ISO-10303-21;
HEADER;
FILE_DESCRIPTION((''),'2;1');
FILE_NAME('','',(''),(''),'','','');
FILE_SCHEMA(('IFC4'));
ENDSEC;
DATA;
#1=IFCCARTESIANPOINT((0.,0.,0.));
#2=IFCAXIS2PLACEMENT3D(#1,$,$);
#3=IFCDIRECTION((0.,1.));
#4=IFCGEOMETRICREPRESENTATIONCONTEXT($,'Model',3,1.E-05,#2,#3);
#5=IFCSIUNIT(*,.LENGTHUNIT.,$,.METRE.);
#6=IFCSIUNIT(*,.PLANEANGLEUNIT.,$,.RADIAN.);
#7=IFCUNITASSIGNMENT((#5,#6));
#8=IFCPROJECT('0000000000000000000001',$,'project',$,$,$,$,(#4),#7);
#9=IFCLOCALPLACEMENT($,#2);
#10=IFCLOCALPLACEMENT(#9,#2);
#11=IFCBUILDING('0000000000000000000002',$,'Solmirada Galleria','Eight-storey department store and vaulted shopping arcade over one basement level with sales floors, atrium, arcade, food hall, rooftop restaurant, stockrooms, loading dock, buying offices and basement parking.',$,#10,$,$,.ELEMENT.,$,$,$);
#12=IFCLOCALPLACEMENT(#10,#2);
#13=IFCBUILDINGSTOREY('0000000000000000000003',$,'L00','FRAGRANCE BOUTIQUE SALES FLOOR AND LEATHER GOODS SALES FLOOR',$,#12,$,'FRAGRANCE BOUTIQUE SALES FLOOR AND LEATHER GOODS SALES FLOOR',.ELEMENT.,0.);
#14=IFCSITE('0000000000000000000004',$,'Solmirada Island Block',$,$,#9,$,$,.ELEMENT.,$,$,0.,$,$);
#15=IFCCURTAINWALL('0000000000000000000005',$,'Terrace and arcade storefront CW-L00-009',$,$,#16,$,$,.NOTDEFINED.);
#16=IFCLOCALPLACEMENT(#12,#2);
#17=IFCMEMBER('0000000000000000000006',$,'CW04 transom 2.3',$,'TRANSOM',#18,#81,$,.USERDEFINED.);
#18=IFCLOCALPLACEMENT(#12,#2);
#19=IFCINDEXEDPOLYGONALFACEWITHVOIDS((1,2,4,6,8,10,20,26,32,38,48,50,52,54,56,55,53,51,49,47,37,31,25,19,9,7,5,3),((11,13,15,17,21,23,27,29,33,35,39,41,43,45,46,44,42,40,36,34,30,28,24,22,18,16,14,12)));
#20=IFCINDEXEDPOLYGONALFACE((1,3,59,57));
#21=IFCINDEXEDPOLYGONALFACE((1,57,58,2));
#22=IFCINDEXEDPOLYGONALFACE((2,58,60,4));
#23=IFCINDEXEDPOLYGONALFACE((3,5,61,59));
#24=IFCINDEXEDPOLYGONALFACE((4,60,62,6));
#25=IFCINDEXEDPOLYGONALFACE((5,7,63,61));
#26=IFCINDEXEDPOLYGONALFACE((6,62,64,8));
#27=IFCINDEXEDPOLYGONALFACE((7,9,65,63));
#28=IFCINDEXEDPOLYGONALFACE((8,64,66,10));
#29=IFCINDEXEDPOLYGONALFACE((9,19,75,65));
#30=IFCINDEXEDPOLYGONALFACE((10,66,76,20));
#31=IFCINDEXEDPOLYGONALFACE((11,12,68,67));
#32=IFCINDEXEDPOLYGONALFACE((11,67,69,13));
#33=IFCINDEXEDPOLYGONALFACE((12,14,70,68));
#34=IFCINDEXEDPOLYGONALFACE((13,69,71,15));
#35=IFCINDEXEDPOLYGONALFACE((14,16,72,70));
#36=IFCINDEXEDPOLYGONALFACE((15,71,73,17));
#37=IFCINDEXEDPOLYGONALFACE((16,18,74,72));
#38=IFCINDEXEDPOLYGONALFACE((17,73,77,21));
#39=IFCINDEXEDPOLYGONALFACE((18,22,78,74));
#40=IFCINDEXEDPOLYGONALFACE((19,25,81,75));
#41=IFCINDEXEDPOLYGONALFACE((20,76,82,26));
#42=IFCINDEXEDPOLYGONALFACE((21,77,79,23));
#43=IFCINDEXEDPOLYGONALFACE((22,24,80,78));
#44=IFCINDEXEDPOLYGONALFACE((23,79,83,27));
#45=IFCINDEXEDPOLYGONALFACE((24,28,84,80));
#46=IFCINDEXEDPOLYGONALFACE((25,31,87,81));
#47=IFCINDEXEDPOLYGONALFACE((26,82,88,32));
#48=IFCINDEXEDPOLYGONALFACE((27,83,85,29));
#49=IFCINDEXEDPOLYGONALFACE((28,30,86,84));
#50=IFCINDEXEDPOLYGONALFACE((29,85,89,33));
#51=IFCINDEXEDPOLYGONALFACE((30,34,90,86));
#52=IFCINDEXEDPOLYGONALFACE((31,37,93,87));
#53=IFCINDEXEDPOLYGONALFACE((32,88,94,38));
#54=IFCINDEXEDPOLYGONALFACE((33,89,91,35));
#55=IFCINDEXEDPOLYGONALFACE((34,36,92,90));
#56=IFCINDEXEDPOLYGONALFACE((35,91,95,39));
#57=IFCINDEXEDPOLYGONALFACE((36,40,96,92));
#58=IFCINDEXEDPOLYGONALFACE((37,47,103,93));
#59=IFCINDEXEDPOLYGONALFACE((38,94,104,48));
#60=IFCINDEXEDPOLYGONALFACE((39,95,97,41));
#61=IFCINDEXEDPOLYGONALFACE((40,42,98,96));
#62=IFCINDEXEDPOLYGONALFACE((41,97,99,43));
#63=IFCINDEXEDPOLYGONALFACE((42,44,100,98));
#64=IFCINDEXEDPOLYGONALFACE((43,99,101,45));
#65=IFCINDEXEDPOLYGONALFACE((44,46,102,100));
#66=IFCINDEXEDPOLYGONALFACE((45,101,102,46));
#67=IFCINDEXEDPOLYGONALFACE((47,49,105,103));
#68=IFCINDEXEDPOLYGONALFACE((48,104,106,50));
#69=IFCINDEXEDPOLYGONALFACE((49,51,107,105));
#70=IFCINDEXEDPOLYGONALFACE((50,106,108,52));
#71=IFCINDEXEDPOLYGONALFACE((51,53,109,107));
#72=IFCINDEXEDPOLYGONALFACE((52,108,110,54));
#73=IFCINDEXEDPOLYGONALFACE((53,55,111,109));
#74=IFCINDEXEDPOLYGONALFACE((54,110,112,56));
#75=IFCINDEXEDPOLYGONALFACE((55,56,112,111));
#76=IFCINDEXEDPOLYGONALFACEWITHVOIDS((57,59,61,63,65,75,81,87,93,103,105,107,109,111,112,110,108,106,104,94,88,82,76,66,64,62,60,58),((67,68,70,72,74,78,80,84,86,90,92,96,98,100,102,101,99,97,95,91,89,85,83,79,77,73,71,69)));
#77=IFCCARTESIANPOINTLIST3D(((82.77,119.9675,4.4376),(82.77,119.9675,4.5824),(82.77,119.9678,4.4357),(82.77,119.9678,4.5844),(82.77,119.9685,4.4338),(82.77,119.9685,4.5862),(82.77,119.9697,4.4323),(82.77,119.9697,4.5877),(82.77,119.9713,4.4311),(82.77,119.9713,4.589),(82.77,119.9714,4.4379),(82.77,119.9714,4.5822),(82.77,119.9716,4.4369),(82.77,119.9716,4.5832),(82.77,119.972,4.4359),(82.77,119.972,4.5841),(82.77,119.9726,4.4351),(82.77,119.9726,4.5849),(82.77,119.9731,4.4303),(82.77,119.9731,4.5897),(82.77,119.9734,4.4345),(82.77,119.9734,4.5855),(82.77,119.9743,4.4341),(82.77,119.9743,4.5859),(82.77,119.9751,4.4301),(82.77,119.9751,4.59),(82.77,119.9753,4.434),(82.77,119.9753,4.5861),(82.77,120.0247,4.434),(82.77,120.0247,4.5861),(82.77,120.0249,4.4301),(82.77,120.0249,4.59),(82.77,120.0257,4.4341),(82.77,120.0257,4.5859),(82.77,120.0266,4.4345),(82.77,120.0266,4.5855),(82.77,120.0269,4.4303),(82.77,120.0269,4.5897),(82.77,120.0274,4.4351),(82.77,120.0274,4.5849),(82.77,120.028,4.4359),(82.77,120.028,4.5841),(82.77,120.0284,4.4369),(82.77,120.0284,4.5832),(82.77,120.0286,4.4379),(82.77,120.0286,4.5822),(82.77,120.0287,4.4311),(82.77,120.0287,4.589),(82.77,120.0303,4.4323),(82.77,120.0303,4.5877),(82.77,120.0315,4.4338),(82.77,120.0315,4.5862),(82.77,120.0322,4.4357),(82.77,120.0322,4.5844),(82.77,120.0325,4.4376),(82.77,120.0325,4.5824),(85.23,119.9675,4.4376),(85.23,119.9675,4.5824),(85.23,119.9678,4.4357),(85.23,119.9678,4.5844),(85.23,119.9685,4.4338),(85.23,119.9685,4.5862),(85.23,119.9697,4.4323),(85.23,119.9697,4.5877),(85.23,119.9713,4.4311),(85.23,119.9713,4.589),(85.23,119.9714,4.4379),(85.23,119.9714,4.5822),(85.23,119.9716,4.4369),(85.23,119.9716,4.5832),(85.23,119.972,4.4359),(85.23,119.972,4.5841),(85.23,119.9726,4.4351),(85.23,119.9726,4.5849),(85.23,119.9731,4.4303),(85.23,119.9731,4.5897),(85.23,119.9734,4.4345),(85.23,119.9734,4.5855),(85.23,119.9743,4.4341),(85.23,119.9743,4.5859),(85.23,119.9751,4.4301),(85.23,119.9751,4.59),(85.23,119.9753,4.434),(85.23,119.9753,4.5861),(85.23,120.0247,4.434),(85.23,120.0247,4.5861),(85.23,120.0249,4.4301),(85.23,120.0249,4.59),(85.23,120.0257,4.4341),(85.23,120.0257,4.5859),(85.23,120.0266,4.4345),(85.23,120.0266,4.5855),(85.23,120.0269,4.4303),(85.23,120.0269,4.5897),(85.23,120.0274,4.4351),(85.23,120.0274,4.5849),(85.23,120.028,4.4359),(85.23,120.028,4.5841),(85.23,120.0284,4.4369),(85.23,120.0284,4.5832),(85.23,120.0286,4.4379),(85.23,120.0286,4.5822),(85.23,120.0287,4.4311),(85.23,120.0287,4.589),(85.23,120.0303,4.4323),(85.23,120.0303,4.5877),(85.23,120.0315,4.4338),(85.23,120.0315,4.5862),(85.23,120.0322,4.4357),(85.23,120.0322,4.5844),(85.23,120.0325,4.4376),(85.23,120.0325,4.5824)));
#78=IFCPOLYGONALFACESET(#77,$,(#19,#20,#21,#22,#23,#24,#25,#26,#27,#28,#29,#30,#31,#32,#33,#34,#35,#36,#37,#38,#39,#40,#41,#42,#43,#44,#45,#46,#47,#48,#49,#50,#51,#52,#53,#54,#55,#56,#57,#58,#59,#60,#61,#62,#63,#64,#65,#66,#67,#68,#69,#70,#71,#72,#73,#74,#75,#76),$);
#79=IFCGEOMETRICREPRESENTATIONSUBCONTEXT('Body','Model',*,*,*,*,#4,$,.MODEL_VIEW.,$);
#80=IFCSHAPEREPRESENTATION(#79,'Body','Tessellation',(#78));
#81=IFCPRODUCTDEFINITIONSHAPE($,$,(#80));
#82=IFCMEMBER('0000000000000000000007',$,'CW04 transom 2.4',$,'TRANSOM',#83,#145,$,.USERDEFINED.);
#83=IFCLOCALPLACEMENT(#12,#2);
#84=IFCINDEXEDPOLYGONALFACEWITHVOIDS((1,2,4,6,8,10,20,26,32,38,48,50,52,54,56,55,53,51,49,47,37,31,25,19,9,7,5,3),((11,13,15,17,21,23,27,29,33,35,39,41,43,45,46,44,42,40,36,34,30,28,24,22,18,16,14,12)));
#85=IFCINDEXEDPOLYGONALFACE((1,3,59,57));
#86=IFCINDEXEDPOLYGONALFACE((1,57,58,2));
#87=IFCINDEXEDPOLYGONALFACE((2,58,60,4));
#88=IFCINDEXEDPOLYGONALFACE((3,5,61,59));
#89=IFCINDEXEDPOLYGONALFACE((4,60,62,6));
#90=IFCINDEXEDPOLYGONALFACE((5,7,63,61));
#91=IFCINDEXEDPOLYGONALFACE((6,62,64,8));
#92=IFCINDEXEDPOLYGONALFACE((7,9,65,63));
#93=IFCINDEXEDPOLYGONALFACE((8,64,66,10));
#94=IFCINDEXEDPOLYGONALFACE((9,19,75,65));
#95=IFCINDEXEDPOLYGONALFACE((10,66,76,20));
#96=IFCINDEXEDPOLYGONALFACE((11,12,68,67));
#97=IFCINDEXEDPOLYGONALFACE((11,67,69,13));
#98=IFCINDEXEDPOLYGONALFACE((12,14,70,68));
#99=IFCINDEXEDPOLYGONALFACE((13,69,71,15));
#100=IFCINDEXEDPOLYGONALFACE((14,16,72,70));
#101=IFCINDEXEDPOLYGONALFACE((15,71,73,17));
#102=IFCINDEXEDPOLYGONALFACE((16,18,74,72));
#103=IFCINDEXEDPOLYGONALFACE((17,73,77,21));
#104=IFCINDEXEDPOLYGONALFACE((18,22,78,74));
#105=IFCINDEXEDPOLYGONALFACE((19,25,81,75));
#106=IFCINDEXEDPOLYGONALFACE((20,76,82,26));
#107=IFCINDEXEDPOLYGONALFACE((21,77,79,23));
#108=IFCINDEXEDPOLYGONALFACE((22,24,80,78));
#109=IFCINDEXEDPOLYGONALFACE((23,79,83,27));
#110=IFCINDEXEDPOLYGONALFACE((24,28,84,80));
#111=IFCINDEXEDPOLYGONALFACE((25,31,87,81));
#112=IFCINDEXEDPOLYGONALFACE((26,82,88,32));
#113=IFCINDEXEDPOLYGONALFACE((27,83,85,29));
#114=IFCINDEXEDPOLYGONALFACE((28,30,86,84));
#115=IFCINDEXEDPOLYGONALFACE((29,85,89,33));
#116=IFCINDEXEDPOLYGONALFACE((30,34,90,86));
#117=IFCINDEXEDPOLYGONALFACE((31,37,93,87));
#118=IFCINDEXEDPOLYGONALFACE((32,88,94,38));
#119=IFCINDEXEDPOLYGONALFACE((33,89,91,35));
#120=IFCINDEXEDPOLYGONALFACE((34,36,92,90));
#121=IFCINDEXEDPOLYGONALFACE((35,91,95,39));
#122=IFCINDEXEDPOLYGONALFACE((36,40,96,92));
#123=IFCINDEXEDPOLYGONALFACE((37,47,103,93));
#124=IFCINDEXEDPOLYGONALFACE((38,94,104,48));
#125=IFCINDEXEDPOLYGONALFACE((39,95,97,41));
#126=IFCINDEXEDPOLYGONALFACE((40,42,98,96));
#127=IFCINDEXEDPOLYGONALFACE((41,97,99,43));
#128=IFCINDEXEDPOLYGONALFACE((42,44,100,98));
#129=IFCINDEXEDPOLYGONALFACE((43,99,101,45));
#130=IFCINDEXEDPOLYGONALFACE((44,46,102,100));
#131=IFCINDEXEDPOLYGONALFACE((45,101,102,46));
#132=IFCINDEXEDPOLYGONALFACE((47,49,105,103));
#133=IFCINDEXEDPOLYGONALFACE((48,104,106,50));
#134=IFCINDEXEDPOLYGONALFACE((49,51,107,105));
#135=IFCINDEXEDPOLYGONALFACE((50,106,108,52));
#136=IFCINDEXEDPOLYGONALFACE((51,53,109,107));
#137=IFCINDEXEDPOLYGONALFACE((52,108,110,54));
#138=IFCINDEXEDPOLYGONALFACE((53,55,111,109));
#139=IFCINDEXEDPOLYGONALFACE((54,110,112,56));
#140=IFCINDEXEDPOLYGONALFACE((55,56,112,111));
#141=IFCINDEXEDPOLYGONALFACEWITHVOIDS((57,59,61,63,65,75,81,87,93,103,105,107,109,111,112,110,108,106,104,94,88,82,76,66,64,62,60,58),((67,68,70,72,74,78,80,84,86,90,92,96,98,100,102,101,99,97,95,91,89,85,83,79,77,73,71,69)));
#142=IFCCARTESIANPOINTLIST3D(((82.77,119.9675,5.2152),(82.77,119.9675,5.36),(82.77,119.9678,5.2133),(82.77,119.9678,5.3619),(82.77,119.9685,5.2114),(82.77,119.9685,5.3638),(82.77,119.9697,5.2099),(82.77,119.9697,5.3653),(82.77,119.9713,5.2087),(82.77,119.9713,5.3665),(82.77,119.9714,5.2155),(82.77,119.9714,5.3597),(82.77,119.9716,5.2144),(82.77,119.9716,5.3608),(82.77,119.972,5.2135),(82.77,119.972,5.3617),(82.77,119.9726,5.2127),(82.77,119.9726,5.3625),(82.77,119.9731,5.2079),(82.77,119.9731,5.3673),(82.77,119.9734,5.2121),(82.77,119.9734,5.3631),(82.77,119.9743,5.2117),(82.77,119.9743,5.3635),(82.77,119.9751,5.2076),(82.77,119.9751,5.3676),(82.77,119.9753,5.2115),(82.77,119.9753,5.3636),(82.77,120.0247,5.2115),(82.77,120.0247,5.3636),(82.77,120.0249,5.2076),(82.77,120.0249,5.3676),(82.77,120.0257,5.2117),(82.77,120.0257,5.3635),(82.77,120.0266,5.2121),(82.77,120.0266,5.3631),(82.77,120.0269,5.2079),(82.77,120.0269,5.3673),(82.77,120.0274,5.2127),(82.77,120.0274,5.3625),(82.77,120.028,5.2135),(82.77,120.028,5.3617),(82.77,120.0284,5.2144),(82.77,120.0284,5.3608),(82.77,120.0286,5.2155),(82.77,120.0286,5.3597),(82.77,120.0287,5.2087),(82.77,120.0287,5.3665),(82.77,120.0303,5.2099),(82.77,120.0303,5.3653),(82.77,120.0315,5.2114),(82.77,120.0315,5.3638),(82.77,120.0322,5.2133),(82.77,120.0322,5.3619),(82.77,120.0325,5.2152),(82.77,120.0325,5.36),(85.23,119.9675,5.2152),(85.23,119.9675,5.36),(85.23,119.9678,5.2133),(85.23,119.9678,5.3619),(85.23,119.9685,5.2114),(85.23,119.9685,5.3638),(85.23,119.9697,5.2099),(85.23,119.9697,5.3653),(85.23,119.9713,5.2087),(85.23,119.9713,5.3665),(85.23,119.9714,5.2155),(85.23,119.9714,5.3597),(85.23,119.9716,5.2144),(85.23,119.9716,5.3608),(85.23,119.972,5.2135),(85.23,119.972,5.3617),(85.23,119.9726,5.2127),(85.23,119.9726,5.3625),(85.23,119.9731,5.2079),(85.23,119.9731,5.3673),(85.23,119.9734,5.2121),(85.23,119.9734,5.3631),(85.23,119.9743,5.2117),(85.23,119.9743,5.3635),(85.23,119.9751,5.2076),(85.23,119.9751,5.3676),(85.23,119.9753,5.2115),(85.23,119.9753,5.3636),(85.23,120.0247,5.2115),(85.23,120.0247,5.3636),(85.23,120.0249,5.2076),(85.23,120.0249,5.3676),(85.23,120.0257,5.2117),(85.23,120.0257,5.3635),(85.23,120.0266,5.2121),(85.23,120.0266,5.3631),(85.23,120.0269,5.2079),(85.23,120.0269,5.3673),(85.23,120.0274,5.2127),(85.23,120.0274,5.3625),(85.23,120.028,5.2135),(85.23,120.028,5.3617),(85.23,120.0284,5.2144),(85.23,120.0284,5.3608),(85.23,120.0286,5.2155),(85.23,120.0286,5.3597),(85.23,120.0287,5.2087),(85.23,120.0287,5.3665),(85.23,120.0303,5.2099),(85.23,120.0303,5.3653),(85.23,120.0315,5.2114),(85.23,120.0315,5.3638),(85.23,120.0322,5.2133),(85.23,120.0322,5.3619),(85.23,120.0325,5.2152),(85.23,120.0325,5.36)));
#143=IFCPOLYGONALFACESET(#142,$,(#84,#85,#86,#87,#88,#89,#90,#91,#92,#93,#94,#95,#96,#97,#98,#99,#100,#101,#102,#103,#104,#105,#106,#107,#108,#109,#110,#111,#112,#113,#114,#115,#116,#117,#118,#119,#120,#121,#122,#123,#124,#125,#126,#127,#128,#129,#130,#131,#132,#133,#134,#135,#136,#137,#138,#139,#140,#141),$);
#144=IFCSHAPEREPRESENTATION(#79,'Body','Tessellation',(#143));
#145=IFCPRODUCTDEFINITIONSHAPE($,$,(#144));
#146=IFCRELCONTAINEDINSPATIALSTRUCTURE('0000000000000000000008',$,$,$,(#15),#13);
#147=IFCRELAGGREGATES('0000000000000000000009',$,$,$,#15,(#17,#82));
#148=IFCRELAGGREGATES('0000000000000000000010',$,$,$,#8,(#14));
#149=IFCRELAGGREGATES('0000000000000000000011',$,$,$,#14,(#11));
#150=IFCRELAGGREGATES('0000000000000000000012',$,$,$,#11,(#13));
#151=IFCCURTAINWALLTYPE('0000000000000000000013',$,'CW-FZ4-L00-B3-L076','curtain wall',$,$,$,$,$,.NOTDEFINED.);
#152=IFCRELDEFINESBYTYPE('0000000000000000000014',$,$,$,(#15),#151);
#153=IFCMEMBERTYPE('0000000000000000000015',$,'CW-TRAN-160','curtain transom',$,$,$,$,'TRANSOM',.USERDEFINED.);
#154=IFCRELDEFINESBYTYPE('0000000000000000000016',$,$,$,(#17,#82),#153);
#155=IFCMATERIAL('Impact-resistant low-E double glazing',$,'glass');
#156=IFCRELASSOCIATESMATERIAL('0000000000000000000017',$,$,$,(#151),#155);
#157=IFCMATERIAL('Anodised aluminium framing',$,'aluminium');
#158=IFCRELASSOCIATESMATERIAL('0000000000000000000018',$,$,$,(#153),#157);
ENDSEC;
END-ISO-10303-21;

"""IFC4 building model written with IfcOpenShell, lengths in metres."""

from ifc_helpers import new_model, si_unit, direction, frame, origin, origin_2d, place, context, subcontext, project, spatial, hollow_rectangle, extrude, material, material_profile, profile_set, type_object, element, aggregate, save


model = new_model("IFC4")

# Units and contexts
model_context = context("Model", 3, precision=1e-05, world=origin(), true_north=direction((0.0, 1.0)))
body_context = subcontext(model_context, "Body", "Model", "MODEL_VIEW")
ifc_project = project(units=[si_unit("LENGTHUNIT", "METRE"), si_unit("PLANEANGLEUNIT", "RADIAN")], contexts=[model_context])

# Site, building, storey
site_placement = place(None, origin())
site = spatial("IfcSite", under=ifc_project, at=site_placement, Name="Solmirada Island Block", CompositionType="ELEMENT", RefElevation=0.0)
building_placement = place(site_placement, origin())
building = spatial("IfcBuilding", under=site, at=building_placement, Name="Solmirada Galleria", Description="Eight-storey department store and vaulted shopping arcade over one basement level with sales floors, atrium, arcade, food hall, rooftop restaurant, stockrooms, loading dock, buying offices and basement parking.", CompositionType="ELEMENT")
storey_placement = place(building_placement, origin())
storey = spatial("IfcBuildingStorey", under=building, at=storey_placement, Name="L00", Description="FRAGRANCE BOUTIQUE SALES FLOOR AND LEATHER GOODS SALES FLOOR", LongName="FRAGRANCE BOUTIQUE SALES FLOOR AND LEATHER GOODS SALES FLOOR", CompositionType="ELEMENT", Elevation=0.0)

# Curtain wall, members
ifc_material_1 = material(Name="Impact-resistant low-E double glazing", Category="glass")
curtain_wall_type = type_object("IfcCurtainWallType", Name="CW-FZ4-L00-B3-L076", Description="curtain wall", PredefinedType="NOTDEFINED", material=ifc_material_1)
curtain_wall_placement = place(storey_placement, origin())
curtain_wall = element("IfcCurtainWall", 1, at=curtain_wall_placement, inside=storey, type_object=curtain_wall_type, Name="Terrace and arcade storefront CW-L00-009", PredefinedType="NOTDEFINED")
ifc_material_2 = material(Name="Anodised aluminium framing", Category="aluminium")
ifc_material_profile_1 = material_profile(ifc_material_2, hollow_rectangle(XDim=0.0649, YDim=0.1599, WallThickness=0.0039, InnerFilletRadius=0.0039, OuterFilletRadius=0.0076, at=origin_2d()), Name="ALU-TRAN-160X65")
ifc_profile_set_1 = profile_set([ifc_material_profile_1], Name="Anodised aluminium framing")
member_type_1 = type_object("IfcMemberType", Name="CW-TRAN-160", Description="curtain transom", ElementType="TRANSOM", PredefinedType="USERDEFINED", material=ifc_profile_set_1)
member_1_placement = place(storey_placement, frame((82.77, 120.0, 4.51), z_axis=(1.0, 0.0, 0.0), x_axis=(0.0, 1.0, 0.0)))
member_1 = element("IfcMember", 2, at=member_1_placement, type_object=member_type_1, Name="CW04 transom 2.3", ObjectType="TRANSOM", PredefinedType="USERDEFINED", context=body_context, shape_type="SweptSolid", body=[
    extrude(hollow_rectangle(XDim=0.0649, YDim=0.1599, WallThickness=0.0039, InnerFilletRadius=0.0039, OuterFilletRadius=0.0076, at=origin_2d()), origin(), (0.0, 0.0, 1.0), 2.46),
])
member_2_placement = place(storey_placement, frame((82.77, 120.0, 5.2876), z_axis=(1.0, 0.0, 0.0), x_axis=(0.0, 1.0, 0.0)))
member_2 = element("IfcMember", 3, at=member_2_placement, type_object=member_type_1, Name="CW04 transom 2.4", ObjectType="TRANSOM", PredefinedType="USERDEFINED", context=body_context, shape_type="SweptSolid", body=[
    extrude(hollow_rectangle(XDim=0.0649, YDim=0.1599, WallThickness=0.0039, InnerFilletRadius=0.0039, OuterFilletRadius=0.0076, at=origin_2d()), origin(), (0.0, 0.0, 1.0), 2.46),
])
aggregate(curtain_wall, [member_1, member_2])

save(model, "model.ifc")
